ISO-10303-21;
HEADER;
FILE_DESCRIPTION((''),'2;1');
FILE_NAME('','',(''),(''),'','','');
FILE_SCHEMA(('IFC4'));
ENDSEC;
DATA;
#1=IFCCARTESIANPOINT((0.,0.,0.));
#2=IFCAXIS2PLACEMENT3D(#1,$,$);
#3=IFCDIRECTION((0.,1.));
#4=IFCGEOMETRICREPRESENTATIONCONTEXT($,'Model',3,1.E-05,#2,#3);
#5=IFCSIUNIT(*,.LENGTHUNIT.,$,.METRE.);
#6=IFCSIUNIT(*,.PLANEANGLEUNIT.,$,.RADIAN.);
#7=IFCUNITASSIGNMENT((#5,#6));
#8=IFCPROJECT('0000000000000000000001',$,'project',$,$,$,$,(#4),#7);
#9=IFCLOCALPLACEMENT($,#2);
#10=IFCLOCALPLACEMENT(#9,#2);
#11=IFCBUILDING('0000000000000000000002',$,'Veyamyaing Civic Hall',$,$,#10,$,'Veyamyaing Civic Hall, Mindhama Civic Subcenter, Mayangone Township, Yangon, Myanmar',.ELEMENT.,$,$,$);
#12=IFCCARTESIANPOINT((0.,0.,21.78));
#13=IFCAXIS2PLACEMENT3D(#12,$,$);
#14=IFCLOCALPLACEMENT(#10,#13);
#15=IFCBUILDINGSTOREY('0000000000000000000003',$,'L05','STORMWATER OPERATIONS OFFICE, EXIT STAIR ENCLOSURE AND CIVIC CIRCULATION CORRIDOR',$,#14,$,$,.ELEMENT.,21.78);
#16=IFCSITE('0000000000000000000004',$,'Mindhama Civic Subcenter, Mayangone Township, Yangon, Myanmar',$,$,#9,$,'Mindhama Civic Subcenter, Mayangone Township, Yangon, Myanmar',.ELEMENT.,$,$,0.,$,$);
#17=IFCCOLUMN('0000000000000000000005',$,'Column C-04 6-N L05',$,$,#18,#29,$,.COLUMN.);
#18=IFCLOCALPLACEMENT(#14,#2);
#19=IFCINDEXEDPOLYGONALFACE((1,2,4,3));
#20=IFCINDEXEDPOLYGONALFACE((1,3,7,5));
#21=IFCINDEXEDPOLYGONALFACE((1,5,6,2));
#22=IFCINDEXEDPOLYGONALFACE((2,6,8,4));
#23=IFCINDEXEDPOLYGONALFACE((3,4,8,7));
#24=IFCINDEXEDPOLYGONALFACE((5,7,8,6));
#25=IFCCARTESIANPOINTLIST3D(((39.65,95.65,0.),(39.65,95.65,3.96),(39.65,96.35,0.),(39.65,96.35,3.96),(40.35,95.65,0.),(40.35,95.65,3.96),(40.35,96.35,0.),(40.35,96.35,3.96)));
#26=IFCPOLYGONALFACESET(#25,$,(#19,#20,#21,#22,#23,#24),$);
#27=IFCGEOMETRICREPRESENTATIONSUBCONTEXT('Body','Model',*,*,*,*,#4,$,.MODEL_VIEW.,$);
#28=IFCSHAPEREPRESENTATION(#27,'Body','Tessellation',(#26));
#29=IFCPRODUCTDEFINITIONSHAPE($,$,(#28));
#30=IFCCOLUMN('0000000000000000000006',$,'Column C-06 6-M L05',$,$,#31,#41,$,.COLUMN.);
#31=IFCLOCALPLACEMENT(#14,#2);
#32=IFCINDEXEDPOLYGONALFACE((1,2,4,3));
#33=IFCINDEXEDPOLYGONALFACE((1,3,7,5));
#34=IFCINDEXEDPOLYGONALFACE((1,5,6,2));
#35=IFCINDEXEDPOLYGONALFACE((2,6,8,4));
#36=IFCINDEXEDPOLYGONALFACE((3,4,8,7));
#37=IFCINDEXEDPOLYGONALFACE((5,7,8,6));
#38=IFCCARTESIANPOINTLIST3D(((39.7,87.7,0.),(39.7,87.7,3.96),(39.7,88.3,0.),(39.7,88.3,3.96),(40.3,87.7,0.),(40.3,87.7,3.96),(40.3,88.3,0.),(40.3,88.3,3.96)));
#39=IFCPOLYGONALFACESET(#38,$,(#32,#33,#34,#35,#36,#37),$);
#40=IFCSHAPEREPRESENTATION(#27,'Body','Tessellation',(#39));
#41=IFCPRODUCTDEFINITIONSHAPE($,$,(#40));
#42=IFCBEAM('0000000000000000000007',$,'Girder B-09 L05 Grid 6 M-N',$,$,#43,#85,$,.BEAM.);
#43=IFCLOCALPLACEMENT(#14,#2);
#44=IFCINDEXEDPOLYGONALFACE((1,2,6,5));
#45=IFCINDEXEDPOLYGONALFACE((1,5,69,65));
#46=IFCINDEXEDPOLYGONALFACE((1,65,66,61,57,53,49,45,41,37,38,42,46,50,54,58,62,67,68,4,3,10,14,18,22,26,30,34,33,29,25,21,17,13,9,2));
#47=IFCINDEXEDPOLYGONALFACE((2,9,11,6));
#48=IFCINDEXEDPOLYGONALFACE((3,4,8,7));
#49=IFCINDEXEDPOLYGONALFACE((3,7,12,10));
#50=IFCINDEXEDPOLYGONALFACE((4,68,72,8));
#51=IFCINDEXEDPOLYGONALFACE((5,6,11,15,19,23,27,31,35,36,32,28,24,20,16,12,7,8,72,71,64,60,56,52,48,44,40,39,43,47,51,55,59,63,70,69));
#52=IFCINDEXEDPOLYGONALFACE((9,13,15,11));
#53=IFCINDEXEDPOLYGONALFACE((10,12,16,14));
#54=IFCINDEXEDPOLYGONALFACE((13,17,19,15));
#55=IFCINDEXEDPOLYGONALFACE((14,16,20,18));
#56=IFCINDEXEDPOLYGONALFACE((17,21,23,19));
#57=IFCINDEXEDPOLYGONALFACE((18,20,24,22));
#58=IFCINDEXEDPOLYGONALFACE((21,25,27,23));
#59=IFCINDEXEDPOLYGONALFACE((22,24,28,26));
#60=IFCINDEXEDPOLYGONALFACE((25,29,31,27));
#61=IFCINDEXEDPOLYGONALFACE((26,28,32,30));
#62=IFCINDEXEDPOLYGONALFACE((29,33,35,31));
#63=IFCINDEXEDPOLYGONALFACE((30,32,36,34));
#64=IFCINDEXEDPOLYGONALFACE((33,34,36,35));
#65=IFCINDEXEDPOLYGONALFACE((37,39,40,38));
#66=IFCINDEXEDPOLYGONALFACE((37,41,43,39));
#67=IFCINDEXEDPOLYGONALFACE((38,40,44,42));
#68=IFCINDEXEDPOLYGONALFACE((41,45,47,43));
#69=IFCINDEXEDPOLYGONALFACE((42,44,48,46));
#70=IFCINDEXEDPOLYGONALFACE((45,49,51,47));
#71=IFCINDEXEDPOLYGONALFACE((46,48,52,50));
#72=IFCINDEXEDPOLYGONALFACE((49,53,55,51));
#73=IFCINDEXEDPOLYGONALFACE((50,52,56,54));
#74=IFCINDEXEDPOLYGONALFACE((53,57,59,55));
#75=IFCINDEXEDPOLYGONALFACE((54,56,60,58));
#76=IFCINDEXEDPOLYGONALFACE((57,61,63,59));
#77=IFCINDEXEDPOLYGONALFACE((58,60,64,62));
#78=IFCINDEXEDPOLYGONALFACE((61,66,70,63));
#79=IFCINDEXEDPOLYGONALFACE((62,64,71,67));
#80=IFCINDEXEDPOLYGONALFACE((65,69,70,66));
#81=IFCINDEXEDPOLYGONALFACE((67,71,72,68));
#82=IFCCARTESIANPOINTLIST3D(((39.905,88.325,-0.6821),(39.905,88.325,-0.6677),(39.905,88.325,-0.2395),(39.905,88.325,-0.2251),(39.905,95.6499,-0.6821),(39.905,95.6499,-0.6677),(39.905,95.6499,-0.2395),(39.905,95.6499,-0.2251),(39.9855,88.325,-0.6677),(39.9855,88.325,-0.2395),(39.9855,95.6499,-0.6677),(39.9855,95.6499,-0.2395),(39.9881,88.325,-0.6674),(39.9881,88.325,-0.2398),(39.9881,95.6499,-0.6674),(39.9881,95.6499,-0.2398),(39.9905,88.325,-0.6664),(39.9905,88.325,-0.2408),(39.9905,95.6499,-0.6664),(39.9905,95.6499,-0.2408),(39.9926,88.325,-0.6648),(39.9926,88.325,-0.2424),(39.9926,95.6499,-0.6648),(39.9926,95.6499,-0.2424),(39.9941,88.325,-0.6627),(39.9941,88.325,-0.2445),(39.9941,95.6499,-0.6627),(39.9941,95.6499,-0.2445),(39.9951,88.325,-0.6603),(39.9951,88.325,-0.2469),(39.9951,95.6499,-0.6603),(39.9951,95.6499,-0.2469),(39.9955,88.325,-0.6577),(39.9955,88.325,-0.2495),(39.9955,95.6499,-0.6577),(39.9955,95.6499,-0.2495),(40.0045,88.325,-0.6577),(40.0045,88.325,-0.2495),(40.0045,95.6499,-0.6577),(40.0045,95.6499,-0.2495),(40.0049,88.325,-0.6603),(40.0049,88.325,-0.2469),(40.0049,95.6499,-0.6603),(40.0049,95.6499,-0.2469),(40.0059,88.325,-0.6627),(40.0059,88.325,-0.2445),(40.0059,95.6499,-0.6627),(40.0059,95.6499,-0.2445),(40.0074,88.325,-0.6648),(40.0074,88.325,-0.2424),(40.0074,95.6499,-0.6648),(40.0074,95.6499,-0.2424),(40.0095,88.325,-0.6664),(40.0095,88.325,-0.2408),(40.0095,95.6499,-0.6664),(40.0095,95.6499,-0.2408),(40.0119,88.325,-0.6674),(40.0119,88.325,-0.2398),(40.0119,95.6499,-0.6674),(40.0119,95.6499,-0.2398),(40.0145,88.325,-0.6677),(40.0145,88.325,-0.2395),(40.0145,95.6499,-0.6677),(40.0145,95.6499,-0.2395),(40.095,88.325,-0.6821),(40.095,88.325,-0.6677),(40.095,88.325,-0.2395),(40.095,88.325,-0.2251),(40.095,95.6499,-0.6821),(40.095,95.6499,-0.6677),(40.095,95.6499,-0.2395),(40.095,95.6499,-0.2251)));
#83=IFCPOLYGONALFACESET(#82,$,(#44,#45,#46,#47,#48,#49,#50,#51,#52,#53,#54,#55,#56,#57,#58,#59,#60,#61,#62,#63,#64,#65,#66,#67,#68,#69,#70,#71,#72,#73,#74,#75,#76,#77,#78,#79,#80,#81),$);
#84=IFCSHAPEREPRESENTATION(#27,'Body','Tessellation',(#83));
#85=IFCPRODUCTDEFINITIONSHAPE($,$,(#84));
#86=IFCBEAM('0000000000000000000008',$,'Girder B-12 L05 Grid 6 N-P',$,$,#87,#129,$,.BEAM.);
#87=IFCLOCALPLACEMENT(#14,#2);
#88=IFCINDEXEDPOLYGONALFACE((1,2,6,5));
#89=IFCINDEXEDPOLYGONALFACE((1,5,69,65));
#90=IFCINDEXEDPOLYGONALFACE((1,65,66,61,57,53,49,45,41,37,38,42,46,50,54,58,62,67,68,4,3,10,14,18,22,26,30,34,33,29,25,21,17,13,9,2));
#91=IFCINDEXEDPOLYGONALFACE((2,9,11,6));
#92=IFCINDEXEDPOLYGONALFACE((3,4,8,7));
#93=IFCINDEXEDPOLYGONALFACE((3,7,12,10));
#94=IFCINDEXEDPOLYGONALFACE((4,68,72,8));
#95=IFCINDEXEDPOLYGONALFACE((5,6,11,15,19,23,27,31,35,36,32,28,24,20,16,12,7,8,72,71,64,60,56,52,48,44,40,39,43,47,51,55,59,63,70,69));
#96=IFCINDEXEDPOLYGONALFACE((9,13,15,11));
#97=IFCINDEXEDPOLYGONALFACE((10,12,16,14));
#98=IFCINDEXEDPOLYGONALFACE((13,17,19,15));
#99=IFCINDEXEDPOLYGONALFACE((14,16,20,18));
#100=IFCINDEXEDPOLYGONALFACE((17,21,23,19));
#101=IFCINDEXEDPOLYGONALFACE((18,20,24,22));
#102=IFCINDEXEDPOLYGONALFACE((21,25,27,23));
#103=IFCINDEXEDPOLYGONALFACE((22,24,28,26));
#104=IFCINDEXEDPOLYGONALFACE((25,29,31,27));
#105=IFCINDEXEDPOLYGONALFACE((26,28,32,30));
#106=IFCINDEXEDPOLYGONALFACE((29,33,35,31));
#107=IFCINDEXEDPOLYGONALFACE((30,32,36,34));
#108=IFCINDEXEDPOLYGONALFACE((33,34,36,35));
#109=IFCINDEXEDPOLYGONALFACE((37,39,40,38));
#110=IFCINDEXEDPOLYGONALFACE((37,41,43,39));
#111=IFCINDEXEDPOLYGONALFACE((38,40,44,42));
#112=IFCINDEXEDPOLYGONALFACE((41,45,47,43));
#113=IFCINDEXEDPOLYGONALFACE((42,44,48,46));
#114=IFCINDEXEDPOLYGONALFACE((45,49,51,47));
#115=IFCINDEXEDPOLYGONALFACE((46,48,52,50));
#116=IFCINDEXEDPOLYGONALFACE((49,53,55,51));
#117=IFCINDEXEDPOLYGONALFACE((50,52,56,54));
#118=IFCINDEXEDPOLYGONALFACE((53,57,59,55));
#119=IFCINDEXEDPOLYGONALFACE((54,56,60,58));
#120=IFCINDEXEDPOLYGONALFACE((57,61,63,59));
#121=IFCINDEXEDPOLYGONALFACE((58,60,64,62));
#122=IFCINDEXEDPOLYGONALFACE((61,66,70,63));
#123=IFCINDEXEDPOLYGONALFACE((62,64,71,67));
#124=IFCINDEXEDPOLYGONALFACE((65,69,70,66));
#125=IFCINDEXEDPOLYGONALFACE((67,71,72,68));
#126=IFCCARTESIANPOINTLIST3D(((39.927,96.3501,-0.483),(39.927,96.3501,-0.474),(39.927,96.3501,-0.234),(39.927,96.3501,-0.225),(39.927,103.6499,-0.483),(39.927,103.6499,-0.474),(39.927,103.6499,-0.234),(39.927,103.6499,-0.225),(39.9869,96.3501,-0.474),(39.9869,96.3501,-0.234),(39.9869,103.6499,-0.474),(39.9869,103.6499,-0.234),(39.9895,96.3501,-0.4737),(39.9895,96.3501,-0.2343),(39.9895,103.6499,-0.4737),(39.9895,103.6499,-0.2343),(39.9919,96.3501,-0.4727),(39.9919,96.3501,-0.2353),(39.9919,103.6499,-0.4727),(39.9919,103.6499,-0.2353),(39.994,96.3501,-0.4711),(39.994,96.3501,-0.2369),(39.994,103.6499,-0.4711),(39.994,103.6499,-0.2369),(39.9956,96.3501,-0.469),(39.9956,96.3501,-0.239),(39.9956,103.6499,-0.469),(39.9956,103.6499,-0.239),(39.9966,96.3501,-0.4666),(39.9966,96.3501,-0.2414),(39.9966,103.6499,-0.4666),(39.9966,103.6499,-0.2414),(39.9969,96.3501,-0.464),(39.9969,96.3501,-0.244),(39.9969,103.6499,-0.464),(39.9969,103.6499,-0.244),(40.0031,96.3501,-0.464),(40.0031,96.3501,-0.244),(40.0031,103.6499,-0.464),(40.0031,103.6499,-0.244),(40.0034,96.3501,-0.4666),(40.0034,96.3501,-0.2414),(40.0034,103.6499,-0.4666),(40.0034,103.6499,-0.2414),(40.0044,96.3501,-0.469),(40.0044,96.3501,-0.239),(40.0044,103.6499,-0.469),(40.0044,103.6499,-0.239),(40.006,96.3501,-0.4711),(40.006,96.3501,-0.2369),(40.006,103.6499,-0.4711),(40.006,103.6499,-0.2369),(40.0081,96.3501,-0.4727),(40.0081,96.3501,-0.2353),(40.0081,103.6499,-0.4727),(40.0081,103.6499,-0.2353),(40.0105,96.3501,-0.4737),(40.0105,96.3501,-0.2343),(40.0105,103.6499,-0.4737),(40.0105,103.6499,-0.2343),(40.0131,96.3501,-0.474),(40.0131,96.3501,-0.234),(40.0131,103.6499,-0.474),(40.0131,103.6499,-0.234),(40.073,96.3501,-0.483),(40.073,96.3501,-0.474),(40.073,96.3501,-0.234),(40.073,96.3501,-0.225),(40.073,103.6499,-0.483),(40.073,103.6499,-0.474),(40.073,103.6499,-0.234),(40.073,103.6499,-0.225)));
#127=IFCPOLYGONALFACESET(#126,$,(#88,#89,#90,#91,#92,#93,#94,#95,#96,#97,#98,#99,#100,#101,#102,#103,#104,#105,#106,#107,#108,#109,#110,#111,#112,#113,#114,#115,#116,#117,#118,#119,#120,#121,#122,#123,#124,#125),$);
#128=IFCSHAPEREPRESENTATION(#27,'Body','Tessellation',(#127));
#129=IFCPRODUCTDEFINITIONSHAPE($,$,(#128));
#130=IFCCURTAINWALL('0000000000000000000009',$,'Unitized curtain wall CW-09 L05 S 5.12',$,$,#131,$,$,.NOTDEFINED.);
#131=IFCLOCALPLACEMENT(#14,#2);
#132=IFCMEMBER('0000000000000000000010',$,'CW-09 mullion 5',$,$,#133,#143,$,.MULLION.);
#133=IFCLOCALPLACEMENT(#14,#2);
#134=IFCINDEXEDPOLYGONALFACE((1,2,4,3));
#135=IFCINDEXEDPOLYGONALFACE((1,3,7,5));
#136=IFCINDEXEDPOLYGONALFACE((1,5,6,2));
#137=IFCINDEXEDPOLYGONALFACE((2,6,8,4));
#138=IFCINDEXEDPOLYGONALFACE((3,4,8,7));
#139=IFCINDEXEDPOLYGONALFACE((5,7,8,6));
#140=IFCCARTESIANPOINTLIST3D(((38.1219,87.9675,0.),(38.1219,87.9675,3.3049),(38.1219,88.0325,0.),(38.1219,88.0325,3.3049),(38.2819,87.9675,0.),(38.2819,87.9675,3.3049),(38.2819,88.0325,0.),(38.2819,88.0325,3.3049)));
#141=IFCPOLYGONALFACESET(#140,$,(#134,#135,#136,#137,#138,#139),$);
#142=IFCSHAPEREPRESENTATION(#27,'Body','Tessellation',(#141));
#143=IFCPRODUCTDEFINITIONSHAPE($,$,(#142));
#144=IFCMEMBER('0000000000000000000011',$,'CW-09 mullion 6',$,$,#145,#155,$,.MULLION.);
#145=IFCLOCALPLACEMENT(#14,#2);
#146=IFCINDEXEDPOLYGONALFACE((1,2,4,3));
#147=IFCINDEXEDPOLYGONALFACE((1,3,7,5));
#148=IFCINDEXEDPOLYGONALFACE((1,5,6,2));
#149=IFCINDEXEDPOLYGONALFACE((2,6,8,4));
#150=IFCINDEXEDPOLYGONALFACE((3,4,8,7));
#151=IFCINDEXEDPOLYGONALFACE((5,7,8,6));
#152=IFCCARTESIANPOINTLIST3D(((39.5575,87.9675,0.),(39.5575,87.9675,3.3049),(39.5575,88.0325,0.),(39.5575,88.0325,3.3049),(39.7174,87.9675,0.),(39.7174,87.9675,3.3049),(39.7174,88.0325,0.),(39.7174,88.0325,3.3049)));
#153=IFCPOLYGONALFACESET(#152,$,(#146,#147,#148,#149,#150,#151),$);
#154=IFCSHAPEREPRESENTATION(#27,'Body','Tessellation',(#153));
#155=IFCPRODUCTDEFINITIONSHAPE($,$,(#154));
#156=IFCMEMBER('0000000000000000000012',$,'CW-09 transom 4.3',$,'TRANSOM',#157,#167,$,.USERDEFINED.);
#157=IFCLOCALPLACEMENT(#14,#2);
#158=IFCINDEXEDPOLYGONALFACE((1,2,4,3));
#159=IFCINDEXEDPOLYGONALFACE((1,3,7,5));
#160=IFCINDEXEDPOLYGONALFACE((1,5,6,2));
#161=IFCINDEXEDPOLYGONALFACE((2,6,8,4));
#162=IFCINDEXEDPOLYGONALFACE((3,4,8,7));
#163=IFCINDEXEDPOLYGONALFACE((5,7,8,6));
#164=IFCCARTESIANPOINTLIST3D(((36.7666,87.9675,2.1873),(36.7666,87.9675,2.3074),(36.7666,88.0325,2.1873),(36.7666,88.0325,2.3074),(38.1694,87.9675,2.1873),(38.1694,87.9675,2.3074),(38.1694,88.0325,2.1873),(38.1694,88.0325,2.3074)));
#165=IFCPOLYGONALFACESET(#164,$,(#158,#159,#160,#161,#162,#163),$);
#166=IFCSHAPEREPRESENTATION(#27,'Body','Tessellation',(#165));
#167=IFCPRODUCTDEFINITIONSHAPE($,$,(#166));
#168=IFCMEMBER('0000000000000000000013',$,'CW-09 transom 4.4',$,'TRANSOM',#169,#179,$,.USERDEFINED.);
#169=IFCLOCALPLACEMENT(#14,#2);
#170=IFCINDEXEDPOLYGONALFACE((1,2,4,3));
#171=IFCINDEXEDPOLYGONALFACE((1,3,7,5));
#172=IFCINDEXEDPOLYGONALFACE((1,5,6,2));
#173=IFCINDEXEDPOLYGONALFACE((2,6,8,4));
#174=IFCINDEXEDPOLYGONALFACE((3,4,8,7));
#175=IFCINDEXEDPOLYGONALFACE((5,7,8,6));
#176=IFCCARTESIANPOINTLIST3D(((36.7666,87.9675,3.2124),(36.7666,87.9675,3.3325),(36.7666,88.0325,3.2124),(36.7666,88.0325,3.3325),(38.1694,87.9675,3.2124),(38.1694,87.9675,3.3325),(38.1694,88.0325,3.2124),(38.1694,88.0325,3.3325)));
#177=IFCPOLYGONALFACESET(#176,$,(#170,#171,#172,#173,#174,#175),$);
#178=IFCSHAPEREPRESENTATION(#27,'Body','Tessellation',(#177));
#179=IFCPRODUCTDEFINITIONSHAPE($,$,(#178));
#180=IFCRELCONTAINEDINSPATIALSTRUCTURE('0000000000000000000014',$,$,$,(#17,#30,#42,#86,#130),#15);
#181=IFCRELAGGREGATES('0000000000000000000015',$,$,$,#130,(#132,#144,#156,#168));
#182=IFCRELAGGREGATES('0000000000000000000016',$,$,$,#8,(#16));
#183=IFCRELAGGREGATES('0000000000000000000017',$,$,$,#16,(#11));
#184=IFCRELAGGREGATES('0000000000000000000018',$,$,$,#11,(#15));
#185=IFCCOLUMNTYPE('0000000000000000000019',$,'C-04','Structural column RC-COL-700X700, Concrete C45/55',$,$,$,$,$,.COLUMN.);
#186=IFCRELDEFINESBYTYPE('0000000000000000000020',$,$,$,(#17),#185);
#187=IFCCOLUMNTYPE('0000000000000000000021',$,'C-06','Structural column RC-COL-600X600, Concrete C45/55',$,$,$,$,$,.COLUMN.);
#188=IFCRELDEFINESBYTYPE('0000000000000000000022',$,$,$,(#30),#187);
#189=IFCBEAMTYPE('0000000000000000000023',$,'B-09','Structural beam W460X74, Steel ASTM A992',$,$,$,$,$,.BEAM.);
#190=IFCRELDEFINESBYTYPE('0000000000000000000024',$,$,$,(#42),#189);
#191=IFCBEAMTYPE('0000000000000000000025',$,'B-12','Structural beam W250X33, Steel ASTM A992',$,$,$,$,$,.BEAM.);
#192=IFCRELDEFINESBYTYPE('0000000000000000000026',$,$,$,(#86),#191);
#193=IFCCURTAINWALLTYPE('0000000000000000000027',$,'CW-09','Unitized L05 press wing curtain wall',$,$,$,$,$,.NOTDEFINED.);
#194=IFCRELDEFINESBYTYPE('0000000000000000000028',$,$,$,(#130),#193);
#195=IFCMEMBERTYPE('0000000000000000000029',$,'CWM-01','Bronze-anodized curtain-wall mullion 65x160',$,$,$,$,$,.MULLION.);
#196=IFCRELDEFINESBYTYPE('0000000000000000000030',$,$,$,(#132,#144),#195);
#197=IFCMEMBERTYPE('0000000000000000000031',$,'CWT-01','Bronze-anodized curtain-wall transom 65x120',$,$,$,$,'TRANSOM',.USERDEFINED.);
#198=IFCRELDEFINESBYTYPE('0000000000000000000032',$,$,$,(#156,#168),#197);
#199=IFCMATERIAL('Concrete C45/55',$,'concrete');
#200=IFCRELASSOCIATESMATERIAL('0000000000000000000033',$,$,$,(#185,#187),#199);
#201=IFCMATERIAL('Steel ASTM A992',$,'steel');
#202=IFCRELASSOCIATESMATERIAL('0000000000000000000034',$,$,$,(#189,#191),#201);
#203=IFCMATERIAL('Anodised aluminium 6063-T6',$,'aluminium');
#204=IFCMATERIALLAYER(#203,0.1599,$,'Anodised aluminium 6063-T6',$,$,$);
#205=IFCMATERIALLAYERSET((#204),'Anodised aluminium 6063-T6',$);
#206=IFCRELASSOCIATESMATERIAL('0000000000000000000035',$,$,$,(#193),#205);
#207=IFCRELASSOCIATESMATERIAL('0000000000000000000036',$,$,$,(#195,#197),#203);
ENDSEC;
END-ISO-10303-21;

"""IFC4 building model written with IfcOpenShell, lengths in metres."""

from ifc_helpers import new_model, si_unit, direction, frame, origin, origin_2d, place, context, subcontext, project, spatial, rectangle, i_section, extrude, material, layer, layer_set, material_profile, profile_set, type_object, element, aggregate, save


model = new_model("IFC4")

# Units and contexts
model_context = context("Model", 3, precision=1e-05, world=origin(), true_north=direction((0.0, 1.0)))
body_context = subcontext(model_context, "Body", "Model", "MODEL_VIEW")
ifc_project = project(units=[si_unit("LENGTHUNIT", "METRE"), si_unit("PLANEANGLEUNIT", "RADIAN")], contexts=[model_context])

# Site, building, storey
site_placement = place(None, origin())
site = spatial("IfcSite", under=ifc_project, at=site_placement, Name="Mindhama Civic Subcenter, Mayangone Township, Yangon, Myanmar", LongName="Mindhama Civic Subcenter, Mayangone Township, Yangon, Myanmar", CompositionType="ELEMENT", RefElevation=0.0)
building_placement = place(site_placement, origin())
building = spatial("IfcBuilding", under=site, at=building_placement, Name="Veyamyaing Civic Hall", LongName="Veyamyaing Civic Hall, Mindhama Civic Subcenter, Mayangone Township, Yangon, Myanmar", CompositionType="ELEMENT")
storey_placement = place(building_placement, frame((0.0, 0.0, 21.78)))
storey = spatial("IfcBuildingStorey", under=building, at=storey_placement, Name="L05", Description="STORMWATER OPERATIONS OFFICE, EXIT STAIR ENCLOSURE AND CIVIC CIRCULATION CORRIDOR", CompositionType="ELEMENT", Elevation=21.78)

# Columns
ifc_material_1 = material(Name="Concrete C45/55", Category="concrete")
ifc_material_profile_1 = material_profile(ifc_material_1, rectangle(XDim=0.7, YDim=0.7, at=origin_2d()), Name="RC-COL-700X700")
ifc_profile_set_1 = profile_set([ifc_material_profile_1], Name="Concrete C45/55")
column_type_1 = type_object("IfcColumnType", Name="C-04", Description="Structural column RC-COL-700X700, Concrete C45/55", PredefinedType="COLUMN", material=ifc_profile_set_1)
column_1_placement = place(storey_placement, frame((40.0, 96.0, 0.0), z_axis=(0.0, 0.0, 1.0), x_axis=(1.0, 0.0, 0.0)))
element("IfcColumn", 1, at=column_1_placement, inside=storey, type_object=column_type_1, Name="Column C-04 6-N L05", PredefinedType="COLUMN", context=body_context, shape_type="SweptSolid", body=[
    extrude(rectangle(XDim=0.7, YDim=0.7, at=origin_2d()), origin(), (0.0, 0.0, 1.0), 3.96),
])
ifc_material_profile_2 = material_profile(ifc_material_1, rectangle(XDim=0.6001, YDim=0.6001, at=origin_2d()), Name="RC-COL-600X600")
ifc_profile_set_2 = profile_set([ifc_material_profile_2], Name="Concrete C45/55")
column_type_2 = type_object("IfcColumnType", Name="C-06", Description="Structural column RC-COL-600X600, Concrete C45/55", PredefinedType="COLUMN", material=ifc_profile_set_2)
column_2_placement = place(storey_placement, frame((40.0, 88.0, 0.0), z_axis=(0.0, 0.0, 1.0), x_axis=(1.0, 0.0, 0.0)))
element("IfcColumn", 2, at=column_2_placement, inside=storey, type_object=column_type_2, Name="Column C-06 6-M L05", PredefinedType="COLUMN", context=body_context, shape_type="SweptSolid", body=[
    extrude(rectangle(XDim=0.6001, YDim=0.6001, at=origin_2d()), origin(), (0.0, 0.0, 1.0), 3.96),
])

# Beams
ifc_material_2 = material(Name="Steel ASTM A992", Category="steel")
ifc_material_profile_3 = material_profile(ifc_material_2, i_section(OverallWidth=0.1899, OverallDepth=0.457, WebThickness=0.009, FlangeThickness=0.0144, FilletRadius=0.01, at=origin_2d()), Name="W460X74")
ifc_profile_set_3 = profile_set([ifc_material_profile_3], Name="Steel ASTM A992")
beam_type_1 = type_object("IfcBeamType", Name="B-09", Description="Structural beam W460X74, Steel ASTM A992", PredefinedType="BEAM", material=ifc_profile_set_3)
beam_1_placement = place(storey_placement, frame((40.0, 88.325, -0.4536), z_axis=(0.0, 1.0, 0.0), x_axis=(-1.0, 0.0, 0.0)))
element("IfcBeam", 3, at=beam_1_placement, inside=storey, type_object=beam_type_1, Name="Girder B-09 L05 Grid 6 M-N", PredefinedType="BEAM", context=body_context, shape_type="SweptSolid", body=[
    extrude(i_section(OverallWidth=0.1899, OverallDepth=0.457, WebThickness=0.009, FlangeThickness=0.0144, FilletRadius=0.01, at=origin_2d()), origin(), (0.0, 0.0, 1.0), 7.325),
])
ifc_material_profile_4 = material_profile(ifc_material_2, i_section(OverallWidth=0.146, OverallDepth=0.2581, WebThickness=0.0061, FlangeThickness=0.009, FilletRadius=0.01, at=origin_2d()), Name="W250X33")
ifc_profile_set_4 = profile_set([ifc_material_profile_4], Name="Steel ASTM A992")
beam_type_2 = type_object("IfcBeamType", Name="B-12", Description="Structural beam W250X33, Steel ASTM A992", PredefinedType="BEAM", material=ifc_profile_set_4)
beam_2_placement = place(storey_placement, frame((40.0, 96.3501, -0.354), z_axis=(0.0, 1.0, 0.0), x_axis=(-1.0, 0.0, 0.0)))
element("IfcBeam", 4, at=beam_2_placement, inside=storey, type_object=beam_type_2, Name="Girder B-12 L05 Grid 6 N-P", PredefinedType="BEAM", context=body_context, shape_type="SweptSolid", body=[
    extrude(i_section(OverallWidth=0.146, OverallDepth=0.2581, WebThickness=0.0061, FlangeThickness=0.009, FilletRadius=0.01, at=origin_2d()), origin(), (0.0, 0.0, 1.0), 7.2998),
])

# Curtain wall, members
ifc_material_3 = material(Name="Anodised aluminium 6063-T6", Category="aluminium")
ifc_layer_1 = layer(ifc_material_3, 0.1599, Name="Anodised aluminium 6063-T6")
ifc_layer_set_1 = layer_set([ifc_layer_1], Name="Anodised aluminium 6063-T6")
curtain_wall_type = type_object("IfcCurtainWallType", Name="CW-09", Description="Unitized L05 press wing curtain wall", PredefinedType="NOTDEFINED", material=ifc_layer_set_1)
curtain_wall_placement = place(storey_placement, origin())
curtain_wall = element("IfcCurtainWall", 5, at=curtain_wall_placement, inside=storey, type_object=curtain_wall_type, Name="Unitized curtain wall CW-09 L05 S 5.12", PredefinedType="NOTDEFINED")
ifc_material_profile_5 = material_profile(ifc_material_3, rectangle(XDim=0.0649, YDim=0.1599, at=origin_2d()), Name="ALU-MUL-65X160")
ifc_profile_set_5 = profile_set([ifc_material_profile_5], Name="Anodised aluminium 6063-T6")
member_type_1 = type_object("IfcMemberType", Name="CWM-01", Description="Bronze-anodized curtain-wall mullion 65x160", PredefinedType="MULLION", material=ifc_profile_set_5)
member_1_placement = place(storey_placement, frame((38.2019, 88.0, 0.0), z_axis=(0.0, 0.0, 1.0), x_axis=(0.0, 1.0, 0.0)))
member_1 = element("IfcMember", 6, at=member_1_placement, type_object=member_type_1, Name="CW-09 mullion 5", PredefinedType="MULLION", context=body_context, shape_type="SweptSolid", body=[
    extrude(rectangle(XDim=0.0649, YDim=0.1599, at=origin_2d()), origin(), (0.0, 0.0, 1.0), 3.3049),
])
member_2_placement = place(storey_placement, frame((39.6375, 88.0, 0.0), z_axis=(0.0, 0.0, 1.0), x_axis=(0.0, 1.0, 0.0)))
member_2 = element("IfcMember", 7, at=member_2_placement, type_object=member_type_1, Name="CW-09 mullion 6", PredefinedType="MULLION", context=body_context, shape_type="SweptSolid", body=[
    extrude(rectangle(XDim=0.0649, YDim=0.1599, at=origin_2d()), origin(), (0.0, 0.0, 1.0), 3.3049),
])
ifc_material_profile_6 = material_profile(ifc_material_3, rectangle(XDim=0.0649, YDim=0.1201, at=origin_2d()), Name="ALU-TRN-65X120")
ifc_profile_set_6 = profile_set([ifc_material_profile_6], Name="Anodised aluminium 6063-T6")
member_type_2 = type_object("IfcMemberType", Name="CWT-01", Description="Bronze-anodized curtain-wall transom 65x120", ElementType="TRANSOM", PredefinedType="USERDEFINED", material=ifc_profile_set_6)
member_3_placement = place(storey_placement, frame((36.7666, 88.0, 2.2473), z_axis=(1.0, 0.0, 0.0), x_axis=(0.0, 1.0, 0.0)))
member_3 = element("IfcMember", 8, at=member_3_placement, type_object=member_type_2, Name="CW-09 transom 4.3", ObjectType="TRANSOM", PredefinedType="USERDEFINED", context=body_context, shape_type="SweptSolid", body=[
    extrude(rectangle(XDim=0.0649, YDim=0.1201, at=origin_2d()), origin(), (0.0, 0.0, 1.0), 1.4028),
])
member_4_placement = place(storey_placement, frame((36.7666, 88.0, 3.2725), z_axis=(1.0, 0.0, 0.0), x_axis=(0.0, 1.0, 0.0)))
member_4 = element("IfcMember", 9, at=member_4_placement, type_object=member_type_2, Name="CW-09 transom 4.4", ObjectType="TRANSOM", PredefinedType="USERDEFINED", context=body_context, shape_type="SweptSolid", body=[
    extrude(rectangle(XDim=0.0649, YDim=0.1201, at=origin_2d()), origin(), (0.0, 0.0, 1.0), 1.4028),
])

aggregate(curtain_wall, [member_1, member_2, member_3, member_4])

save(model, "model.ifc")
